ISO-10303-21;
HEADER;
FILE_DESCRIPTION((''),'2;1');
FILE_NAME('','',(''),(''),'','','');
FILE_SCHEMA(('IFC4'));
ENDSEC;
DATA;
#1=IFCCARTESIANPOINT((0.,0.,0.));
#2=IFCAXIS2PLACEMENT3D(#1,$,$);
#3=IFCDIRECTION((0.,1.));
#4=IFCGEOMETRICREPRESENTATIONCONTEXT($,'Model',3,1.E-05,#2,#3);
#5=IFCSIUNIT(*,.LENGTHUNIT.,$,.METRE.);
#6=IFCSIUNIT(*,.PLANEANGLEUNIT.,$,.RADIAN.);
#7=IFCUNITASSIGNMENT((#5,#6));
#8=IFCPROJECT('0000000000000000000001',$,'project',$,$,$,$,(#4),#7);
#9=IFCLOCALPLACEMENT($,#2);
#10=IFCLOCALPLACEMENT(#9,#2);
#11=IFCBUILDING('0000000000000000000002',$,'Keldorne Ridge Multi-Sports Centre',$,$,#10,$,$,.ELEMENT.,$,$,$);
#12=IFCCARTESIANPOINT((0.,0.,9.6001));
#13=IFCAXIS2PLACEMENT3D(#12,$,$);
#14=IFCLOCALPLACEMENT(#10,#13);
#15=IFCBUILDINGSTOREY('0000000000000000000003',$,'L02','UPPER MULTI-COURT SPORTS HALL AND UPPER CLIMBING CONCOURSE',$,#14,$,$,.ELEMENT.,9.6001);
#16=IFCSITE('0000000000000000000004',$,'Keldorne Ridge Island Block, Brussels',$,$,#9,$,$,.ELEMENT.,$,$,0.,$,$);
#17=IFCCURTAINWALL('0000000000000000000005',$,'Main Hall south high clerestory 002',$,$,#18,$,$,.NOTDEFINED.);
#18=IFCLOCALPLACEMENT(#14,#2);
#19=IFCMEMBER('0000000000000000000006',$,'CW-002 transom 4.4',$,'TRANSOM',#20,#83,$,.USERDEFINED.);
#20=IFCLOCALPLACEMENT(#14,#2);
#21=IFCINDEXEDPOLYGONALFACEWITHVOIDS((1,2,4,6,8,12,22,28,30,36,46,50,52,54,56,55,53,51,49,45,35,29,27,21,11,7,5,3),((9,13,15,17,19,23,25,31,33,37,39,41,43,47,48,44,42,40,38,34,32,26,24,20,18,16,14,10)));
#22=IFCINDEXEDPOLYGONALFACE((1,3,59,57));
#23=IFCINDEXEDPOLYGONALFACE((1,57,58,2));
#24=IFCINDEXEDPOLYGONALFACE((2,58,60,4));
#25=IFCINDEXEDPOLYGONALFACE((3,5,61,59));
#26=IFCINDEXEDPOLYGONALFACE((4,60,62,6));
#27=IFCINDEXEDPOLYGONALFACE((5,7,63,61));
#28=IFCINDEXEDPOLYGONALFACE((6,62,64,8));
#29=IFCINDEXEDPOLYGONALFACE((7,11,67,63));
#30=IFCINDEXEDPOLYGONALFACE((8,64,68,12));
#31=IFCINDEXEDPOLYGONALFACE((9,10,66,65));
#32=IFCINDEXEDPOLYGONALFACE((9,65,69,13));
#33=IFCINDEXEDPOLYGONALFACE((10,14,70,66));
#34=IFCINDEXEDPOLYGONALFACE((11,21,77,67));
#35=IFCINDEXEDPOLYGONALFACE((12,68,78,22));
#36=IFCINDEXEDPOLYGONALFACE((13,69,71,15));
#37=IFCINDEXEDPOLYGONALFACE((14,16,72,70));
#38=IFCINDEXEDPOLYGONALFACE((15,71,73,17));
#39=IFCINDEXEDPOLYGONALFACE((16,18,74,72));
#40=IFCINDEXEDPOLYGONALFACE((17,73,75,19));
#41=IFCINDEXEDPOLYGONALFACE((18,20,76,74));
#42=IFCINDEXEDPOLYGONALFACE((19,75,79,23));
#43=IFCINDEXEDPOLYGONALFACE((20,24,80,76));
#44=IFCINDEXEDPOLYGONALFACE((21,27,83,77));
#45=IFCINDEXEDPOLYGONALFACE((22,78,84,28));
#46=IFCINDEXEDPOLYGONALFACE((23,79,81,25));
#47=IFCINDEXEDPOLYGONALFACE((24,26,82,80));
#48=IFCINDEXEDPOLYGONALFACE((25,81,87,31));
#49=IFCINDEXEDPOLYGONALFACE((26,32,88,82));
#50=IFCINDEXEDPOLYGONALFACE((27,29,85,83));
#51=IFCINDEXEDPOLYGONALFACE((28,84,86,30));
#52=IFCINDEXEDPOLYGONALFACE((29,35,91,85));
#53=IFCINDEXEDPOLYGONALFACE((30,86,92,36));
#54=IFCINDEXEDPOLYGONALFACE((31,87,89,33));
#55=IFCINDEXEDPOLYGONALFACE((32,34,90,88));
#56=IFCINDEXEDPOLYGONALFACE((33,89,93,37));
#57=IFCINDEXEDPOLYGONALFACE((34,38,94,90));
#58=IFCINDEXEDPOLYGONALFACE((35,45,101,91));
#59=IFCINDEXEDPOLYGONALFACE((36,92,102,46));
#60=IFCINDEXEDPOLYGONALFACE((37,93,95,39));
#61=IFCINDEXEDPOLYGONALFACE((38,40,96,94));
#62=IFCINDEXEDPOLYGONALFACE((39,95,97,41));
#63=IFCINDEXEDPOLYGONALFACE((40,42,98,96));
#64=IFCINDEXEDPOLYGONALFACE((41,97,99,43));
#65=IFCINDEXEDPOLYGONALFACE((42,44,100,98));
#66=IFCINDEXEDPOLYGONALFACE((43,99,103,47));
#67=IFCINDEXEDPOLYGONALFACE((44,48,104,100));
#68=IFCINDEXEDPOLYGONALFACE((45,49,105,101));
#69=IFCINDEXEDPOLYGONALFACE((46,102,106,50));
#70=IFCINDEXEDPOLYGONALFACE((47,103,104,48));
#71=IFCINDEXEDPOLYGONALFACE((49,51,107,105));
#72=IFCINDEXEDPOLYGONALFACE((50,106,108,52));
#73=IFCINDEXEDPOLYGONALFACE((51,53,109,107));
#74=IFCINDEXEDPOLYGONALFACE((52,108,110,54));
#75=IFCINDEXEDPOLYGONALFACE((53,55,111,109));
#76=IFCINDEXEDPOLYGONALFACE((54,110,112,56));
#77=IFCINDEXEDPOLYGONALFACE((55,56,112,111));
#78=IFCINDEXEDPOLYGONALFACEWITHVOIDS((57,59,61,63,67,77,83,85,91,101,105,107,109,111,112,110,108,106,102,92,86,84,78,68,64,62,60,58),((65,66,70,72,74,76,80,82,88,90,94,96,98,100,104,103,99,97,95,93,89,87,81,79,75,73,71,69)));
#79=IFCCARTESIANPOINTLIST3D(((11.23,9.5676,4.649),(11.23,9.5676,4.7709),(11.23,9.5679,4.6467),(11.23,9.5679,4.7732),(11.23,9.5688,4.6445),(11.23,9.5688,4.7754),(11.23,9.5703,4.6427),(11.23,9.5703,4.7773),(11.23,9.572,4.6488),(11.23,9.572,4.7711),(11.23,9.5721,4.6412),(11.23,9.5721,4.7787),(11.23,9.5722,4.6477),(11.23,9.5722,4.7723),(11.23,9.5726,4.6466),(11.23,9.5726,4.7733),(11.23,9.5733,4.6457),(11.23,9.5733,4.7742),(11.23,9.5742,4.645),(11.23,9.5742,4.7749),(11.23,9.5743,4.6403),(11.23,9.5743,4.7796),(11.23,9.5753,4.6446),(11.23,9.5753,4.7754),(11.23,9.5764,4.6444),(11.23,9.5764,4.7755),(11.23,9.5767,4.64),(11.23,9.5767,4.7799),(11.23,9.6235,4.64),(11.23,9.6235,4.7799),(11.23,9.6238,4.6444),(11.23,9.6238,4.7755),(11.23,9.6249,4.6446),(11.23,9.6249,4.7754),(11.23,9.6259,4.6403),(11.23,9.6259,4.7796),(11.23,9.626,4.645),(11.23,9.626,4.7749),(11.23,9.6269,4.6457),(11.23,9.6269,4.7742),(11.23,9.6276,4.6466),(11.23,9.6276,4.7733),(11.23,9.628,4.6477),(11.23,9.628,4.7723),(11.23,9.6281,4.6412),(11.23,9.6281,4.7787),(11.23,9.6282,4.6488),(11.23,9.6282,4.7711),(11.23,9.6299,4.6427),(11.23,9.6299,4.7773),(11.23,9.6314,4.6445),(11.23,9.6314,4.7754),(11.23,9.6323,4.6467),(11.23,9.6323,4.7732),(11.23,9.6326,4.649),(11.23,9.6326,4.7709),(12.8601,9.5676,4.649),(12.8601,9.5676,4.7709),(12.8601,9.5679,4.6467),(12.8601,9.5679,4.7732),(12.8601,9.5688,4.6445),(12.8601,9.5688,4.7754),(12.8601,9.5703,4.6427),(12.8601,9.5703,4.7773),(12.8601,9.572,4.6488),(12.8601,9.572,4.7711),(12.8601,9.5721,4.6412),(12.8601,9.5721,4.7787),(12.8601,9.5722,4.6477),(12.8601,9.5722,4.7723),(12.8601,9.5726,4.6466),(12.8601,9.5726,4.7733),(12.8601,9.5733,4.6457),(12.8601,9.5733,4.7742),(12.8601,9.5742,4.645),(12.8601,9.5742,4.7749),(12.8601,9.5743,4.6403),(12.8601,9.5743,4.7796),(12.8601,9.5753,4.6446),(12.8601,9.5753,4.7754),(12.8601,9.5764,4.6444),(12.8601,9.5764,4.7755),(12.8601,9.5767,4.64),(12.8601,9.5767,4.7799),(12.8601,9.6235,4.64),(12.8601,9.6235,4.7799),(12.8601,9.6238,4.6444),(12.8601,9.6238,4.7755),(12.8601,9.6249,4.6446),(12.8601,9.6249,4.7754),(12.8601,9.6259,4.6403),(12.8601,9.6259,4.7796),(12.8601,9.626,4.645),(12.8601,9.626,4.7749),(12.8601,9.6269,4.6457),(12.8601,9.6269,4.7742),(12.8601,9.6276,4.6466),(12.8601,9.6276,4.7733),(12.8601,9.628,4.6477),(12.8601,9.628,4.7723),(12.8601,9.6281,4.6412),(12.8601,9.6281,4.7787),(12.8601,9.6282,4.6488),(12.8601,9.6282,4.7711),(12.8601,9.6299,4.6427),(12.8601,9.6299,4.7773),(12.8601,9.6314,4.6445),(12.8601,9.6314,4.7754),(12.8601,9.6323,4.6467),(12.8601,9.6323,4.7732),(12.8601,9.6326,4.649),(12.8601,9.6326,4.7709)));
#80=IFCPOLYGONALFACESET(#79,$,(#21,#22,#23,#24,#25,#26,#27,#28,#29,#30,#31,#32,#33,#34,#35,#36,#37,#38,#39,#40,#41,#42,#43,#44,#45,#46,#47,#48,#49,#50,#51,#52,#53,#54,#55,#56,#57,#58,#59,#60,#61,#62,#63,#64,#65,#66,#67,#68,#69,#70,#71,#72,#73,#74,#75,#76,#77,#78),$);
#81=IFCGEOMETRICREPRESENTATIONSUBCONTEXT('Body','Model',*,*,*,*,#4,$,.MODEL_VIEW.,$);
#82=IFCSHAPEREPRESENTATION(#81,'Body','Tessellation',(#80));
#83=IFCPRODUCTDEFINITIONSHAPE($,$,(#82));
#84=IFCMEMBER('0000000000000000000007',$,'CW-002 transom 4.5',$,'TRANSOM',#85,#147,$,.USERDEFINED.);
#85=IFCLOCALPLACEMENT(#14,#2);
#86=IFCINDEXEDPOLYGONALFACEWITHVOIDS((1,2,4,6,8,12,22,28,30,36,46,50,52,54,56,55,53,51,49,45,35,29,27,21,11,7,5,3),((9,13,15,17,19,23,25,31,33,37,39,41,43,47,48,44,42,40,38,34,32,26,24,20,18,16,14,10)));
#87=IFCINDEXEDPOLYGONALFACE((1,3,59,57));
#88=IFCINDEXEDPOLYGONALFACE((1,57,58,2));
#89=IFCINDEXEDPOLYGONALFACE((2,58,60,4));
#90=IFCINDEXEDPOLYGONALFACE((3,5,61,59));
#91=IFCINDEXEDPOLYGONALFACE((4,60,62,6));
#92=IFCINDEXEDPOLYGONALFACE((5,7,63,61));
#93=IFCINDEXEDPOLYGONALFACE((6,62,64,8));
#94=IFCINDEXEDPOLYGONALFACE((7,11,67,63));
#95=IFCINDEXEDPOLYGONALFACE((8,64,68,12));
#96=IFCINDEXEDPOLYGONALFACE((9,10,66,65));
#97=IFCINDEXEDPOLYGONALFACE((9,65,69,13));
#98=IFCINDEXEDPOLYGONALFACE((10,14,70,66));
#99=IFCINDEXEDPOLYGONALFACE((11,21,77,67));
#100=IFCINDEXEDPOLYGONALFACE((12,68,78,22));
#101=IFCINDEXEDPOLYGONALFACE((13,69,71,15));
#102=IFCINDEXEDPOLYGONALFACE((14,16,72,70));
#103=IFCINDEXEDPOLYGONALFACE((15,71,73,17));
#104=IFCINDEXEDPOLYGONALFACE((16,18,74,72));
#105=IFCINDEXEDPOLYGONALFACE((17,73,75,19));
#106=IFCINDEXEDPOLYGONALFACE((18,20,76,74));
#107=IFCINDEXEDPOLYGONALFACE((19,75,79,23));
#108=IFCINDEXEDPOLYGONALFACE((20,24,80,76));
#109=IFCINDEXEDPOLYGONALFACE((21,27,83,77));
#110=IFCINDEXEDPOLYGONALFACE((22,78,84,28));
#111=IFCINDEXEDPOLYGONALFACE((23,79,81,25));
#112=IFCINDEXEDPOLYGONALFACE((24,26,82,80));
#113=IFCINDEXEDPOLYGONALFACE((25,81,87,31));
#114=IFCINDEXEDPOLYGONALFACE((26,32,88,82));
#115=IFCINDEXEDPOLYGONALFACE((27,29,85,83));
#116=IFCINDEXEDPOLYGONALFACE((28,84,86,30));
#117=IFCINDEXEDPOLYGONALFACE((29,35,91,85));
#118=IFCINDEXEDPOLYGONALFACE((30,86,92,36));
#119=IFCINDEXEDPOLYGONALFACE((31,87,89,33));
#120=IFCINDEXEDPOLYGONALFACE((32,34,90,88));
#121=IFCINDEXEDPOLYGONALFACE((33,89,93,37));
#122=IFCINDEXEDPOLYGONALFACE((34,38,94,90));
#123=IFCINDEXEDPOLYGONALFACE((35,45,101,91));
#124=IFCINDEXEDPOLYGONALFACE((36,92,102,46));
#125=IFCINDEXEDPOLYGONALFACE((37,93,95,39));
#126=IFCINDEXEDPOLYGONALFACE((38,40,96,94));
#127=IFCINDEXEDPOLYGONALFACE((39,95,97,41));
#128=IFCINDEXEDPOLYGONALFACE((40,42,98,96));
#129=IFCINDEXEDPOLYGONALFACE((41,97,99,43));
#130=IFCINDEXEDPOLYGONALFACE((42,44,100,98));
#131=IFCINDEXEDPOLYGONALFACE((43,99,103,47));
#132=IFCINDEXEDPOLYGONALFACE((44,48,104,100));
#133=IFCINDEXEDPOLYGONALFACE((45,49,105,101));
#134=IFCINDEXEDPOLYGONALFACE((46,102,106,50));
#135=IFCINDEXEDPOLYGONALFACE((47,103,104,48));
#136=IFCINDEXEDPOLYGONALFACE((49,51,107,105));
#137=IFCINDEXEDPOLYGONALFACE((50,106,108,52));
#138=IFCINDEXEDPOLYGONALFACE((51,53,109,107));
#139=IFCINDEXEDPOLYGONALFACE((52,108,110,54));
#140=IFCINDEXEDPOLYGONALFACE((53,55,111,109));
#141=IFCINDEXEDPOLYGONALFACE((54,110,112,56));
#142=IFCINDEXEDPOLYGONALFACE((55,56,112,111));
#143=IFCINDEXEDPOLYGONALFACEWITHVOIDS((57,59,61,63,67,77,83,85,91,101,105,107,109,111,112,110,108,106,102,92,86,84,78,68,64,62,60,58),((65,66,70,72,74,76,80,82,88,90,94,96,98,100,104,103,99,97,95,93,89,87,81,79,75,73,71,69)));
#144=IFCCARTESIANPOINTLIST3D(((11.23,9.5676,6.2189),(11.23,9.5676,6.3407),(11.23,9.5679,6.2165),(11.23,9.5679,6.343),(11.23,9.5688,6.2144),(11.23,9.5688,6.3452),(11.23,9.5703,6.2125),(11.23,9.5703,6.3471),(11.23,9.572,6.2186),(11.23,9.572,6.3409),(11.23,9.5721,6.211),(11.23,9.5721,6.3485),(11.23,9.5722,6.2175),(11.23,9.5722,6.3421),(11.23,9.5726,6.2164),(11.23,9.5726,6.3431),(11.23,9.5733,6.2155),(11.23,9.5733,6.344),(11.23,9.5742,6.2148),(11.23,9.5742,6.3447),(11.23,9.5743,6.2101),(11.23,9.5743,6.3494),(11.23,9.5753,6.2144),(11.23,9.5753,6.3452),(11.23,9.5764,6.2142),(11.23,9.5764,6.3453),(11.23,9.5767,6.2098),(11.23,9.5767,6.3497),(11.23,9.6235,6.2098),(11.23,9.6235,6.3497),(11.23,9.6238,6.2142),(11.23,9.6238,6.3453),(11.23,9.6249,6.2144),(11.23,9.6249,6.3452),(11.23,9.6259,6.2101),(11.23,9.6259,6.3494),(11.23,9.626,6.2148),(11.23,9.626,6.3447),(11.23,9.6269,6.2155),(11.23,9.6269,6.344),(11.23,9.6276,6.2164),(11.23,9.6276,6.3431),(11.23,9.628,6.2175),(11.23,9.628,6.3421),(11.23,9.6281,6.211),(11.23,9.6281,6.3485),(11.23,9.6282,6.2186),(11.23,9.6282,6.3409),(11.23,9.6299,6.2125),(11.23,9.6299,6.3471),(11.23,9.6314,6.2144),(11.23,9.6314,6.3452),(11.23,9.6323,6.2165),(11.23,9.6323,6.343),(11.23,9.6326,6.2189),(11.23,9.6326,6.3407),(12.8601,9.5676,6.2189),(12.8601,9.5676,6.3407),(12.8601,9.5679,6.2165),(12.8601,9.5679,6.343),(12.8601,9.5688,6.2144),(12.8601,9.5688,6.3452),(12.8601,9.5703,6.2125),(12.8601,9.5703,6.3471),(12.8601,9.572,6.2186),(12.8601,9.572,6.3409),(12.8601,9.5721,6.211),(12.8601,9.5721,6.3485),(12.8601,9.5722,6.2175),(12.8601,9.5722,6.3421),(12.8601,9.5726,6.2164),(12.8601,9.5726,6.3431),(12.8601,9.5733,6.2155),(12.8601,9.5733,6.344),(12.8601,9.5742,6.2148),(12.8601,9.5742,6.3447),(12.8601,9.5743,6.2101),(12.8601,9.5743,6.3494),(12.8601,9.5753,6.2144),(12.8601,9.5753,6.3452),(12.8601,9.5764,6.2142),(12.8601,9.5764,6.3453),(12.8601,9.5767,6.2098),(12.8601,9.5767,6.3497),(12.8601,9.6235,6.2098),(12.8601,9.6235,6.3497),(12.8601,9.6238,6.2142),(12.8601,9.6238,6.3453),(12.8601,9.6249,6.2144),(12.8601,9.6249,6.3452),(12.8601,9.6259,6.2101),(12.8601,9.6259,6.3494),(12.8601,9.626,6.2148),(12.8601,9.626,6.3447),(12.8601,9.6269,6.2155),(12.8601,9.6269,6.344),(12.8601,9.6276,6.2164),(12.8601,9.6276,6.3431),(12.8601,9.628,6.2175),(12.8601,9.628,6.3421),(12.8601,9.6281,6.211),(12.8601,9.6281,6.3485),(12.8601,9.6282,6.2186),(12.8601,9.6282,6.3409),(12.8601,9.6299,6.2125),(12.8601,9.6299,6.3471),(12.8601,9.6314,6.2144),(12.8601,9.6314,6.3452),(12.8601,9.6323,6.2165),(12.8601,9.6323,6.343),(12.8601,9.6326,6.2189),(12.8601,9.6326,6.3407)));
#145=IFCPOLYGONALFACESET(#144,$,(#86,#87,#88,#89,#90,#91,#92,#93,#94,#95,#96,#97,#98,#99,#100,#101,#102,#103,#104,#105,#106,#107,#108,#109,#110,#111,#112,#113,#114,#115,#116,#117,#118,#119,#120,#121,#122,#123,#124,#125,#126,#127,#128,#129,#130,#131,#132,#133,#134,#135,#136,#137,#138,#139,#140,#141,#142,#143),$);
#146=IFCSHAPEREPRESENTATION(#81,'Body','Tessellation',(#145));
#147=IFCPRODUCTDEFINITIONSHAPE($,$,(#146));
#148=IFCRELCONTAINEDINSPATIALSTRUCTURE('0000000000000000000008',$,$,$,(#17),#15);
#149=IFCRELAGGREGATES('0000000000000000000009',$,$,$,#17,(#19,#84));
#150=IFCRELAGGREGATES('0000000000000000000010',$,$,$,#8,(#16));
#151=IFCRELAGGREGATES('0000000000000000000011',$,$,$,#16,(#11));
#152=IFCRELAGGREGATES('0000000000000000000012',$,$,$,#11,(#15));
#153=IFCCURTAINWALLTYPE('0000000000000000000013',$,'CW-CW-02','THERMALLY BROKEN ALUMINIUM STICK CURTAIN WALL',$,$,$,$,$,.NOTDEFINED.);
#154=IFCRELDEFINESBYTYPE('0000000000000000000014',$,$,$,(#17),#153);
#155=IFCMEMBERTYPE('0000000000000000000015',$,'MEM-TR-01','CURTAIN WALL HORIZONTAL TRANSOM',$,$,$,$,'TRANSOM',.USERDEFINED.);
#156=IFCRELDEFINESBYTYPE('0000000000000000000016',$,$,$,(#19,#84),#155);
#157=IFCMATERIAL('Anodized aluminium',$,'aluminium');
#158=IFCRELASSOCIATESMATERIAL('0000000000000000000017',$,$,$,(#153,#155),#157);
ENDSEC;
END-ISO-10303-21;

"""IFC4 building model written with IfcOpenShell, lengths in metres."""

from ifc_helpers import new_model, si_unit, direction, frame, origin, origin_2d, place, context, subcontext, project, spatial, hollow_rectangle, extrude, material, material_profile, profile_set, type_object, element, aggregate, save


model = new_model("IFC4")

# Units and contexts
model_context = context("Model", 3, precision=1e-05, world=origin(), true_north=direction((0.0, 1.0)))
body_context = subcontext(model_context, "Body", "Model", "MODEL_VIEW")
ifc_project = project(units=[si_unit("LENGTHUNIT", "METRE"), si_unit("PLANEANGLEUNIT", "RADIAN")], contexts=[model_context])

# Site, building, storey
site_placement = place(None, origin())
site = spatial("IfcSite", under=ifc_project, at=site_placement, Name="Keldorne Ridge Island Block, Brussels", CompositionType="ELEMENT", RefElevation=0.0)
building_placement = place(site_placement, origin())
building = spatial("IfcBuilding", under=site, at=building_placement, Name="Keldorne Ridge Multi-Sports Centre", CompositionType="ELEMENT")
storey_placement = place(building_placement, frame((0.0, 0.0, 9.6001)))
storey = spatial("IfcBuildingStorey", under=building, at=storey_placement, Name="L02", Description="UPPER MULTI-COURT SPORTS HALL AND UPPER CLIMBING CONCOURSE", CompositionType="ELEMENT", Elevation=9.6001)

# Curtain wall, members
ifc_material_1 = material(Name="Anodized aluminium", Category="aluminium")
curtain_wall_type_1 = type_object("IfcCurtainWallType", Name="CW-CW-02", Description="THERMALLY BROKEN ALUMINIUM STICK CURTAIN WALL", PredefinedType="NOTDEFINED", material=ifc_material_1)
curtain_wall_1_placement = place(storey_placement, origin())
curtain_wall_1 = element("IfcCurtainWall", 1, at=curtain_wall_1_placement, inside=storey, type_object=curtain_wall_type_1, Name="Main Hall south high clerestory 002", PredefinedType="NOTDEFINED")
ifc_material_profile_1 = material_profile(ifc_material_1, hollow_rectangle(XDim=0.0649, YDim=0.1399, WallThickness=0.0044, InnerFilletRadius=0.0044, OuterFilletRadius=0.009, at=origin_2d()), Name="ALU TRANSOM 140x65x4.5")
ifc_profile_set_1 = profile_set([ifc_material_profile_1], Name="Anodized aluminium")
member_type_1 = type_object("IfcMemberType", Name="MEM-TR-01", Description="CURTAIN WALL HORIZONTAL TRANSOM", ElementType="TRANSOM", PredefinedType="USERDEFINED", material=ifc_profile_set_1)
member_1_placement = place(storey_placement, frame((11.23, 9.6001, 4.71), z_axis=(1.0, 0.0, 0.0), x_axis=(0.0, 1.0, 0.0)))
member_1 = element("IfcMember", 2, at=member_1_placement, type_object=member_type_1, Name="CW-002 transom 4.4", ObjectType="TRANSOM", PredefinedType="USERDEFINED", context=body_context, shape_type="SweptSolid", body=[
    extrude(hollow_rectangle(XDim=0.0649, YDim=0.1399, WallThickness=0.0044, InnerFilletRadius=0.0044, OuterFilletRadius=0.009, at=origin_2d()), origin(), (0.0, 0.0, 1.0), 1.6301),
])
member_2_placement = place(storey_placement, frame((11.23, 9.6001, 6.2798), z_axis=(1.0, 0.0, 0.0), x_axis=(0.0, 1.0, 0.0)))
member_2 = element("IfcMember", 3, at=member_2_placement, type_object=member_type_1, Name="CW-002 transom 4.5", ObjectType="TRANSOM", PredefinedType="USERDEFINED", context=body_context, shape_type="SweptSolid", body=[
    extrude(hollow_rectangle(XDim=0.0649, YDim=0.1399, WallThickness=0.0044, InnerFilletRadius=0.0044, OuterFilletRadius=0.009, at=origin_2d()), origin(), (0.0, 0.0, 1.0), 1.6301),
])

aggregate(curtain_wall_1, [member_1, member_2])

save(model, "model.ifc")
